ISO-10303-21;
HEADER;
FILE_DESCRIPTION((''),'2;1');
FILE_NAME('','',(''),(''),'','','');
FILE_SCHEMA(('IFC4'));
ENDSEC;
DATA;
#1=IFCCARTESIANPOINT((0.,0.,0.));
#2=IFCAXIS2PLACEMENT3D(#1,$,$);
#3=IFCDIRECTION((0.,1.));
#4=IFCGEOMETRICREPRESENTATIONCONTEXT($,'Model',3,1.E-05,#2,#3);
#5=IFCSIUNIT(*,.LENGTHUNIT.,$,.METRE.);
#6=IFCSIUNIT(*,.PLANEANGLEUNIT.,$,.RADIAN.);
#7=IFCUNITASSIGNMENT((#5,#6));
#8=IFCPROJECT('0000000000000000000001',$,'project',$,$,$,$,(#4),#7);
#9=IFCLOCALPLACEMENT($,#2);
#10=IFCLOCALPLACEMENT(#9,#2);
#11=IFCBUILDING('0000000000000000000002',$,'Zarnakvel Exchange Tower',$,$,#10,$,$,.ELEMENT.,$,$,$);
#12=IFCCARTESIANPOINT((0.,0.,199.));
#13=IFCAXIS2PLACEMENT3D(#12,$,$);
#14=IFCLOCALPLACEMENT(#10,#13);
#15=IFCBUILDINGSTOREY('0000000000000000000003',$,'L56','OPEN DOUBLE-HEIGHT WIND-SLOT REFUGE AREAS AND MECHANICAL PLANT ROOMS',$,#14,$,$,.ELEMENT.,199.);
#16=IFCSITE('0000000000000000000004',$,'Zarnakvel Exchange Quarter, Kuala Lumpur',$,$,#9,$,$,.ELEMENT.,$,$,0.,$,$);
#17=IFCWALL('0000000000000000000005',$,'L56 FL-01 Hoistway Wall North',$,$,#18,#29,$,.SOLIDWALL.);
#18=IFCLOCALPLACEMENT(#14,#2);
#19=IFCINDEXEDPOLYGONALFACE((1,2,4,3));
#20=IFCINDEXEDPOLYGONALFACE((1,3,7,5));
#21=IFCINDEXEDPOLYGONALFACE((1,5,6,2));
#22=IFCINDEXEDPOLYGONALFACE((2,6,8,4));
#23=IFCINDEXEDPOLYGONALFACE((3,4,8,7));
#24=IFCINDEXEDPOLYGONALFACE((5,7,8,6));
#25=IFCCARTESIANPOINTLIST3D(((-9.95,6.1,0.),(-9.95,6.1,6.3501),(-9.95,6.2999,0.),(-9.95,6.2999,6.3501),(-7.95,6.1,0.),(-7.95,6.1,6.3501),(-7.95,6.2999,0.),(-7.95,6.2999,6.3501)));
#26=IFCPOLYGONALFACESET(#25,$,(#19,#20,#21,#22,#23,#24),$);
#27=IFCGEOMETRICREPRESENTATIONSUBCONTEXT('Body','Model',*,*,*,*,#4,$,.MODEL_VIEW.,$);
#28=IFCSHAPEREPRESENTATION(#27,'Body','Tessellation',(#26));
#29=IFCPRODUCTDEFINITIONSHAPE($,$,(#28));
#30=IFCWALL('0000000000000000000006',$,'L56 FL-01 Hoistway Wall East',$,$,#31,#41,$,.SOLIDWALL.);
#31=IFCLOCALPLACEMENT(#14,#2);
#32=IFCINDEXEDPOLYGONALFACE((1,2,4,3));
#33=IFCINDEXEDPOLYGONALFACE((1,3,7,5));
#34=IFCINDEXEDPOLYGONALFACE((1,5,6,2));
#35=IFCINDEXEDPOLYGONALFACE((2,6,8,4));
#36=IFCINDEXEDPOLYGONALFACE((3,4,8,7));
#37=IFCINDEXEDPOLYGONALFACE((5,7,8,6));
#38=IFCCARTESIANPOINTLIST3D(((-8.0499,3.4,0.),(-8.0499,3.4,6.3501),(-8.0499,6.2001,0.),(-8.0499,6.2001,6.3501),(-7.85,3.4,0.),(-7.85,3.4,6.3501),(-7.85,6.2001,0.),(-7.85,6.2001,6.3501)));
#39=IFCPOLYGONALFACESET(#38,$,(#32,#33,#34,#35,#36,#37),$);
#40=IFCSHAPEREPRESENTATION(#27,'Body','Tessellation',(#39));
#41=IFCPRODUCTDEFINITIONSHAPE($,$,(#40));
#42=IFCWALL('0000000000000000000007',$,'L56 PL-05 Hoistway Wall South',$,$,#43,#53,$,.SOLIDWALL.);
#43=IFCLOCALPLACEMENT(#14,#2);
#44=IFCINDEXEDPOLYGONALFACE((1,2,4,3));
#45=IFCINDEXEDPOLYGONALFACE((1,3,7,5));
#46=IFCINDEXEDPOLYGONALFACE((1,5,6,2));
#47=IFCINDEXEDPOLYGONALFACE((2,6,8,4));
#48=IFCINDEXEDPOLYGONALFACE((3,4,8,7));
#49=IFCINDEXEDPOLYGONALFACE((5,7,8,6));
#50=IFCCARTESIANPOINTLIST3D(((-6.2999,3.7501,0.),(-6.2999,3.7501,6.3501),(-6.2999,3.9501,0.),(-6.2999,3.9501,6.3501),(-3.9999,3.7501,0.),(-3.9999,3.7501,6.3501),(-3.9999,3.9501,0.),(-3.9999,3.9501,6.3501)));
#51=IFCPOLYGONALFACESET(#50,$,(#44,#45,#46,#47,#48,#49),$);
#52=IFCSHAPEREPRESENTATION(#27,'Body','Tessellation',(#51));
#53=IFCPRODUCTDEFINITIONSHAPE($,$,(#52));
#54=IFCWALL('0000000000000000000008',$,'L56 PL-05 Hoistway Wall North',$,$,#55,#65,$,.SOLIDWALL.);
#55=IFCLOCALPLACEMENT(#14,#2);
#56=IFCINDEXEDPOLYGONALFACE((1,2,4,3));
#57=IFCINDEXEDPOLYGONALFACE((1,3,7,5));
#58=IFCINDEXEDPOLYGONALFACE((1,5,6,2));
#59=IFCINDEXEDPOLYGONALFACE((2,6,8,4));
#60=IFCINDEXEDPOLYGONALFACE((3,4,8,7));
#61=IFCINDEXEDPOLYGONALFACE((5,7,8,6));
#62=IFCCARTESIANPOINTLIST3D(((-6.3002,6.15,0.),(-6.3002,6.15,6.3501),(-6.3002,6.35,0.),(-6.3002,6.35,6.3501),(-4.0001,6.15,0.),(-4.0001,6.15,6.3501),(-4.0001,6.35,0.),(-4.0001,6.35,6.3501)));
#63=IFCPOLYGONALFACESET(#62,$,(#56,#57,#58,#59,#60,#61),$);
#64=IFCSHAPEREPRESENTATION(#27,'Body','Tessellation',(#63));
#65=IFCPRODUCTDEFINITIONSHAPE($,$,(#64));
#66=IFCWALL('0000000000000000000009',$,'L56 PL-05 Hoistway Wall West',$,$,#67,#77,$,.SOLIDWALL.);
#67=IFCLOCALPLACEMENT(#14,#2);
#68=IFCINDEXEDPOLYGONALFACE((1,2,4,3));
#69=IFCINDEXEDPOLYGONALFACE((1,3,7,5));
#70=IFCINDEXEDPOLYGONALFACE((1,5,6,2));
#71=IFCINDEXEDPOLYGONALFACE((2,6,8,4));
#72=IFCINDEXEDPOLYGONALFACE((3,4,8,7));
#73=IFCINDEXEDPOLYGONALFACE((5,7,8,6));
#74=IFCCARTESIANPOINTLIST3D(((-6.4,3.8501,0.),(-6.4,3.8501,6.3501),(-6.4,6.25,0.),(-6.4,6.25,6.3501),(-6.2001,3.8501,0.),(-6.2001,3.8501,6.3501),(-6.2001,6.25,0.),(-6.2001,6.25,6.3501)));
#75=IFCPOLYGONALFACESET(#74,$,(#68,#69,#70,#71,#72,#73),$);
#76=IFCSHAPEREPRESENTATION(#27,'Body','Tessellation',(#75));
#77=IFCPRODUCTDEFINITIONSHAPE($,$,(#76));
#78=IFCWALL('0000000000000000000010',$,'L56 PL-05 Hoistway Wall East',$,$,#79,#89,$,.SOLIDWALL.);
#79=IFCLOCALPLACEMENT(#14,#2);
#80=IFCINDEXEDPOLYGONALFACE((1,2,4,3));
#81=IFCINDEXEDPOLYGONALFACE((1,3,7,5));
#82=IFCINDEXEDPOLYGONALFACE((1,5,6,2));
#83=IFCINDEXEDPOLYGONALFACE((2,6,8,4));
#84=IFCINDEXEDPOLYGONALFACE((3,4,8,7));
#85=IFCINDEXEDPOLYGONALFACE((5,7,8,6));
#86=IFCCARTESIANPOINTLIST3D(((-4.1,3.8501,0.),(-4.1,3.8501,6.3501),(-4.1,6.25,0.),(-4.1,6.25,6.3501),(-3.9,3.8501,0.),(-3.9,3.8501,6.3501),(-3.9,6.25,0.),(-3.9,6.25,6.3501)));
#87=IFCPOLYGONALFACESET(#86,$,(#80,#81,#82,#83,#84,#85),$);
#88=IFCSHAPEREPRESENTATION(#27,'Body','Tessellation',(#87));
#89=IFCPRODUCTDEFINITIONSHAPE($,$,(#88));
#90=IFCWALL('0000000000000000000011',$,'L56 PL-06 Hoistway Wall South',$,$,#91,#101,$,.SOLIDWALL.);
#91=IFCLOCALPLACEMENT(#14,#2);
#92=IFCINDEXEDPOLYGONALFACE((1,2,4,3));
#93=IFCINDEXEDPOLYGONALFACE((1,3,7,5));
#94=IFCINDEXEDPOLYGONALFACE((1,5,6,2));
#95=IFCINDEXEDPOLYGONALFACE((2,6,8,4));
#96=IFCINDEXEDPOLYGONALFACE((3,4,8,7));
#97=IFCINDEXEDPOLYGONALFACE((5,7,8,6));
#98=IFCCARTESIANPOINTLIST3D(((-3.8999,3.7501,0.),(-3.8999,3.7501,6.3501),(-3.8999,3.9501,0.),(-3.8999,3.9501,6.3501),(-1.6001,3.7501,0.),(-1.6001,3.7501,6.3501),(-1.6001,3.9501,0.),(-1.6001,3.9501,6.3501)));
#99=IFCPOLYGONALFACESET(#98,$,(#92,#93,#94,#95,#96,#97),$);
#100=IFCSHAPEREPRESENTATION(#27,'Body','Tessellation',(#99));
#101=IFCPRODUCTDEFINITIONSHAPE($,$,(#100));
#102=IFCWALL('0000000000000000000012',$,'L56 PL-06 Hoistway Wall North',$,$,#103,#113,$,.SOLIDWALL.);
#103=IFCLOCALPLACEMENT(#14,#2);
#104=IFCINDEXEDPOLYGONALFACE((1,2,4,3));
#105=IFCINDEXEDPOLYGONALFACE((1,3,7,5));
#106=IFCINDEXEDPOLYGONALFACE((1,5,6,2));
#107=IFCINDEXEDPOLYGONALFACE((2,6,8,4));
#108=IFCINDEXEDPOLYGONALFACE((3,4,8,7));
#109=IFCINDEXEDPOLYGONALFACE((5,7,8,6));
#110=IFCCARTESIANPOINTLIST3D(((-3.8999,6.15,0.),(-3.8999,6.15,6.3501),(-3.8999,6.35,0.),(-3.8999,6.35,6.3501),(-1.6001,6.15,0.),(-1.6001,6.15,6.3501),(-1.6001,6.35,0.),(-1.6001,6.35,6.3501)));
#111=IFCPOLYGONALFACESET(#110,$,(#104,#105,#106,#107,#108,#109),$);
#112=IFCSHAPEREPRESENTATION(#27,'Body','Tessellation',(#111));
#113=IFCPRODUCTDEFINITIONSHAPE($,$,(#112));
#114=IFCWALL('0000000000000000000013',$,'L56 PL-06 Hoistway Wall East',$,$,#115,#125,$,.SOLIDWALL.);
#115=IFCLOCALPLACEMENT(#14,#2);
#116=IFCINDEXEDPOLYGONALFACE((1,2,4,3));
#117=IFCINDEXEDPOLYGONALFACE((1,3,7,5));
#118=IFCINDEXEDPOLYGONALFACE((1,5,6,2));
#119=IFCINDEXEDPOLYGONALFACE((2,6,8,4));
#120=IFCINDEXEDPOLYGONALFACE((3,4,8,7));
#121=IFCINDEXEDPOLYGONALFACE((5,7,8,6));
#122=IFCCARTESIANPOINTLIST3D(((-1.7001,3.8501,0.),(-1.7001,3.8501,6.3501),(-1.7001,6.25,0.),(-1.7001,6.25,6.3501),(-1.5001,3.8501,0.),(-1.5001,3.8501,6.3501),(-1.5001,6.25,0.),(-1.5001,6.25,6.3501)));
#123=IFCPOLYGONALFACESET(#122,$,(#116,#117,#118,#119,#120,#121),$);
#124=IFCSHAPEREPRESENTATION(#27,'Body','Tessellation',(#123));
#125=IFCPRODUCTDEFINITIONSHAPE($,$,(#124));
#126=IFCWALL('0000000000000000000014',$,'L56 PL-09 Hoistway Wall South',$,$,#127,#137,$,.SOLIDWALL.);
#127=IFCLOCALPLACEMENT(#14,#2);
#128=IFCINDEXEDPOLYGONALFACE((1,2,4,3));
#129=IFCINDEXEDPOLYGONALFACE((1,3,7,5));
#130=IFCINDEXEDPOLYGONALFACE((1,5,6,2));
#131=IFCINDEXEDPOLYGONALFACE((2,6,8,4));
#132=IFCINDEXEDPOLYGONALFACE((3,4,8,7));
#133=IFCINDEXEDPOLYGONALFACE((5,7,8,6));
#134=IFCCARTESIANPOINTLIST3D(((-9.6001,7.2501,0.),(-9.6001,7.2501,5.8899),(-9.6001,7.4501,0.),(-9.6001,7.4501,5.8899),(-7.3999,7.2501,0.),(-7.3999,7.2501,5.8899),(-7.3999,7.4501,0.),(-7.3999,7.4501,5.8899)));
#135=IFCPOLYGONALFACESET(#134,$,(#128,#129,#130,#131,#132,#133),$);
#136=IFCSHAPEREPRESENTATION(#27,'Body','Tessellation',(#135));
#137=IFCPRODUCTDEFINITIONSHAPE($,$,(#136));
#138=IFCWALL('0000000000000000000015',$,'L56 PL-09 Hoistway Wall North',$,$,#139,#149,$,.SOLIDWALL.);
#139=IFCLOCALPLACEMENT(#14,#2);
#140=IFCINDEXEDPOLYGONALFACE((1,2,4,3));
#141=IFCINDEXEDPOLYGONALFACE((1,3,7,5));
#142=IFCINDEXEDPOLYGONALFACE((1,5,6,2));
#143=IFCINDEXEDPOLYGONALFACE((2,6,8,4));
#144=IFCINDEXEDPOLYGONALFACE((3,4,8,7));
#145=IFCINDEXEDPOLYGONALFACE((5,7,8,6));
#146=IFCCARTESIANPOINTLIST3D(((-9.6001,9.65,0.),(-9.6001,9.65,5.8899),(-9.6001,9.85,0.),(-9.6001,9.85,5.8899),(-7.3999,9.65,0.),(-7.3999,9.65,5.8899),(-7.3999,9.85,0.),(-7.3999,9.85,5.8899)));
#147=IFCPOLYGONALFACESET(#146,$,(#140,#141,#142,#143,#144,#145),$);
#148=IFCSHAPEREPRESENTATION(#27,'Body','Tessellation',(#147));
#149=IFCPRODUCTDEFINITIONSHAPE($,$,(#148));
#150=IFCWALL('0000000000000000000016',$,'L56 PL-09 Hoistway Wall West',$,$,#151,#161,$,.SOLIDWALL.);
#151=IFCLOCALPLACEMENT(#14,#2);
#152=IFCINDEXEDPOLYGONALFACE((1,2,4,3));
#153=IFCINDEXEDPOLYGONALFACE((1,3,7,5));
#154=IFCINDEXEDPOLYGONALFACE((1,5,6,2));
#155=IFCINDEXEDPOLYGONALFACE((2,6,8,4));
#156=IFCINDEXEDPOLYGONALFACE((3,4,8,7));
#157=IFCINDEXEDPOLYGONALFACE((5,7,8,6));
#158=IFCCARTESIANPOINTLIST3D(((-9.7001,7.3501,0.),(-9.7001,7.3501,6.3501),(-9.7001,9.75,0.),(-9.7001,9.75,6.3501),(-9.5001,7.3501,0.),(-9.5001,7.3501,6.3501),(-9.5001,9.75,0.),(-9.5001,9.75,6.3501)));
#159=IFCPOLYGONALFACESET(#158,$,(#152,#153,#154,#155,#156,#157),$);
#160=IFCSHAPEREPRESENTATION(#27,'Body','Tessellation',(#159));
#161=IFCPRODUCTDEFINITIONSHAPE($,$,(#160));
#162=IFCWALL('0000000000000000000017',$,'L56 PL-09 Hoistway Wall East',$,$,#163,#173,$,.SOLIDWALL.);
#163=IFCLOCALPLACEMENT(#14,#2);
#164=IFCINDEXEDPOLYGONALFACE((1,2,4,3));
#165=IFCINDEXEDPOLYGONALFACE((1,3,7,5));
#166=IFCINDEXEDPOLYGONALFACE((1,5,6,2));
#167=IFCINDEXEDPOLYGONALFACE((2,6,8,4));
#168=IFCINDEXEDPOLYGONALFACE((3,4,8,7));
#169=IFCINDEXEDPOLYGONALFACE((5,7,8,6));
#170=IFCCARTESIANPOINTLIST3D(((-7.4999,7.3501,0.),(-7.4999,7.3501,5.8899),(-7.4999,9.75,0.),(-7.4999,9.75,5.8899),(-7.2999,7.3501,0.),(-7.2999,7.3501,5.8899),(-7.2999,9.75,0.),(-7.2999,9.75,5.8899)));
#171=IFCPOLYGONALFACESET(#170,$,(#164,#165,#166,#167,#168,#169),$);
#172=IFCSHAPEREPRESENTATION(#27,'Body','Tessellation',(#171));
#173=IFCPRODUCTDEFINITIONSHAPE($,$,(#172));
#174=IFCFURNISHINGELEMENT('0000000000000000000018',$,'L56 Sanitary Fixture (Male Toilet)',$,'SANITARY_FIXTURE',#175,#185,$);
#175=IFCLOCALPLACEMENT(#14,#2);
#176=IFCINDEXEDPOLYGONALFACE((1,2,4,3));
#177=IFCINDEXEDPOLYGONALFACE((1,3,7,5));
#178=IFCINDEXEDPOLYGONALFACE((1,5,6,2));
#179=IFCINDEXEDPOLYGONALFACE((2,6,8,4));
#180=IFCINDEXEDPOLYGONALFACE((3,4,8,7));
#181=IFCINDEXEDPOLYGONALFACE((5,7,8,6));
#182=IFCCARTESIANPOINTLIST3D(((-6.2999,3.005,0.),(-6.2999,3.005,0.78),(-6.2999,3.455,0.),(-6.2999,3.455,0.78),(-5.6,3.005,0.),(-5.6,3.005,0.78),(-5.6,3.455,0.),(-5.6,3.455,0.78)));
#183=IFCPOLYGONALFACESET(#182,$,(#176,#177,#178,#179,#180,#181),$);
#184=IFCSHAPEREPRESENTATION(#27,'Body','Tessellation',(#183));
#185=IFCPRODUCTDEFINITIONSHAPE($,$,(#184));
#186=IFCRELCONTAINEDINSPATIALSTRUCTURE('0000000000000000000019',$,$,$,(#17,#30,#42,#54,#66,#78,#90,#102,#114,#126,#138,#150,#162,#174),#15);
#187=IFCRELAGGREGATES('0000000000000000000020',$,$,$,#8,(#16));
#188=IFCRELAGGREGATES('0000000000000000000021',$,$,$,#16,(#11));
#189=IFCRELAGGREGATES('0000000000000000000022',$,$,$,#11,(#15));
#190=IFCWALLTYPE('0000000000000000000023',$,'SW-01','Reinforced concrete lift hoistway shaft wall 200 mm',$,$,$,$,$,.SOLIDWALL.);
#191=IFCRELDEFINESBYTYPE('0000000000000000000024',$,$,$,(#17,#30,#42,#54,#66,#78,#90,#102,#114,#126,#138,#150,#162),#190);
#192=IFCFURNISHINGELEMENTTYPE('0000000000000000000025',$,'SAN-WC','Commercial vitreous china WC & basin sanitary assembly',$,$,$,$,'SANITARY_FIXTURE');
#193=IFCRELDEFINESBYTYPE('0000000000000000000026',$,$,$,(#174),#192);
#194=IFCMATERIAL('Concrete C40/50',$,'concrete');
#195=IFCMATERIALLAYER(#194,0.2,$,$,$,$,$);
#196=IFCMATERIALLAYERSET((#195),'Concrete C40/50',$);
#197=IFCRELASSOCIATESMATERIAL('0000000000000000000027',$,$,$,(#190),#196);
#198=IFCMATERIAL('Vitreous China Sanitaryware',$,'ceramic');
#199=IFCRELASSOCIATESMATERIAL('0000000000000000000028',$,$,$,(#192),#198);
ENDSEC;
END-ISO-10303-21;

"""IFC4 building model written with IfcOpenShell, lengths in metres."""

from ifc_helpers import new_model, si_unit, direction, frame, frame_2d, origin, origin_2d, place, context, subcontext, project, spatial, rectangle, extrude, source, transform, mapped, material, layer, layer_set, type_object, element, save


model = new_model("IFC4")

# Units and contexts
model_context = context("Model", 3, precision=1e-05, world=origin(), true_north=direction((0.0, 1.0)))
body_context = subcontext(model_context, "Body", "Model", "MODEL_VIEW")
ifc_project = project(units=[si_unit("LENGTHUNIT", "METRE"), si_unit("PLANEANGLEUNIT", "RADIAN")], contexts=[model_context])

# Site, building, storey
site_placement = place(None, origin())
site = spatial("IfcSite", under=ifc_project, at=site_placement, Name="Zarnakvel Exchange Quarter, Kuala Lumpur", CompositionType="ELEMENT", RefElevation=0.0)
building_placement = place(site_placement, origin())
building = spatial("IfcBuilding", under=site, at=building_placement, Name="Zarnakvel Exchange Tower", CompositionType="ELEMENT")
storey_placement = place(building_placement, frame((0.0, 0.0, 199.0)))
storey = spatial("IfcBuildingStorey", under=building, at=storey_placement, Name="L56", Description="OPEN DOUBLE-HEIGHT WIND-SLOT REFUGE AREAS AND MECHANICAL PLANT ROOMS", CompositionType="ELEMENT", Elevation=199.0)

# Shared definitions
ifc_material_1 = material(Name="Concrete C40/50", Category="concrete")

# Shared definitions
ifc_layer_1 = layer(ifc_material_1, 0.2)
ifc_layer_set_1 = layer_set([ifc_layer_1], Name="Concrete C40/50")
wall_type_1 = type_object("IfcWallType", Name="SW-01", Description="Reinforced concrete lift hoistway shaft wall 200 mm", PredefinedType="SOLIDWALL", material=ifc_layer_set_1)

# Walls
wall_1_placement = place(storey_placement, frame((-9.95, 6.2, 0.0), z_axis=(0.0, 0.0, 1.0), x_axis=(1.0, 0.0, 0.0)))
element("IfcWall", 1, at=wall_1_placement, inside=storey, type_object=wall_type_1, Name="L56 FL-01 Hoistway Wall North", PredefinedType="SOLIDWALL", context=body_context, shape_type="SweptSolid", body=[
    extrude(rectangle(XDim=2.0, YDim=0.2, at=frame_2d((1.0, 0.0))), origin(), (0.0, 0.0, 1.0), 6.3501),
])
wall_2_placement = place(storey_placement, frame((-7.95, 6.2, 0.0), z_axis=(0.0, 0.0, 1.0), x_axis=(0.0, -1.0, 0.0)))
element("IfcWall", 2, at=wall_2_placement, inside=storey, type_object=wall_type_1, Name="L56 FL-01 Hoistway Wall East", PredefinedType="SOLIDWALL", context=body_context, shape_type="SweptSolid", body=[
    extrude(rectangle(XDim=2.8, YDim=0.2, at=frame_2d((1.3999, 0.0))), origin(), (0.0, 0.0, 1.0), 6.3501),
])
for number, where, z_axis, x_axis, name in (
    (3, (-4.0, 3.8501, 0.0), (0.0, 0.0, 1.0), (-1.0, 0.0, 0.0), "L56 PL-05 Hoistway Wall South"),
    (4, (-6.3, 6.25, 0.0), (0.0, 0.0, 1.0), (1.0, 0.0, 0.0), "L56 PL-05 Hoistway Wall North"),
):
    element("IfcWall", number, at=place(storey_placement, frame(where, z_axis=z_axis, x_axis=x_axis)), inside=storey, type_object=wall_type_1, Name=name, PredefinedType="SOLIDWALL", context=body_context, shape_type="SweptSolid", body=[
        extrude(rectangle(XDim=2.3, YDim=0.2, at=frame_2d((1.1499, 0.0))), origin(), (0.0, 0.0, 1.0), 6.3501),
    ])
for number, where, z_axis, x_axis, name in (
    (5, (-6.3, 3.8501, 0.0), (0.0, 0.0, 1.0), (0.0, 1.0, 0.0), "L56 PL-05 Hoistway Wall West"),
    (6, (-4.0, 6.25, 0.0), (0.0, 0.0, 1.0), (0.0, -1.0, 0.0), "L56 PL-05 Hoistway Wall East"),
):
    element("IfcWall", number, at=place(storey_placement, frame(where, z_axis=z_axis, x_axis=x_axis)), inside=storey, type_object=wall_type_1, Name=name, PredefinedType="SOLIDWALL", context=body_context, shape_type="SweptSolid", body=[
        extrude(rectangle(XDim=2.3999, YDim=0.2, at=frame_2d((1.2, 0.0))), origin(), (0.0, 0.0, 1.0), 6.3501),
    ])
for number, where, z_axis, x_axis, name in (
    (7, (-1.6001, 3.8501, 0.0), (0.0, 0.0, 1.0), (-1.0, 0.0, 0.0), "L56 PL-06 Hoistway Wall South"),
    (8, (-3.8999, 6.25, 0.0), (0.0, 0.0, 1.0), (1.0, 0.0, 0.0), "L56 PL-06 Hoistway Wall North"),
):
    element("IfcWall", number, at=place(storey_placement, frame(where, z_axis=z_axis, x_axis=x_axis)), inside=storey, type_object=wall_type_1, Name=name, PredefinedType="SOLIDWALL", context=body_context, shape_type="SweptSolid", body=[
        extrude(rectangle(XDim=2.2998, YDim=0.2, at=frame_2d((1.1499, 0.0))), origin(), (0.0, 0.0, 1.0), 6.3501),
    ])
wall_3_placement = place(storey_placement, frame((-1.6001, 6.25, 0.0), z_axis=(0.0, 0.0, 1.0), x_axis=(0.0, -1.0, 0.0)))
element("IfcWall", 9, at=wall_3_placement, inside=storey, type_object=wall_type_1, Name="L56 PL-06 Hoistway Wall East", PredefinedType="SOLIDWALL", context=body_context, shape_type="SweptSolid", body=[
    extrude(rectangle(XDim=2.3999, YDim=0.2, at=frame_2d((1.2, 0.0))), origin(), (0.0, 0.0, 1.0), 6.3501),
])
for number, where, z_axis, x_axis, name in (
    (10, (-7.3999, 7.3501, 0.0), (0.0, 0.0, 1.0), (-1.0, 0.0, 0.0), "L56 PL-09 Hoistway Wall South"),
    (11, (-9.6001, 9.75, 0.0), (0.0, 0.0, 1.0), (1.0, 0.0, 0.0), "L56 PL-09 Hoistway Wall North"),
):
    element("IfcWall", number, at=place(storey_placement, frame(where, z_axis=z_axis, x_axis=x_axis)), inside=storey, type_object=wall_type_1, Name=name, PredefinedType="SOLIDWALL", context=body_context, shape_type="SweptSolid", body=[
        extrude(rectangle(XDim=2.2002, YDim=0.2, at=frame_2d((1.1001, 0.0))), origin(), (0.0, 0.0, 1.0), 5.8899),
    ])
wall_4_placement = place(storey_placement, frame((-9.6001, 7.3501, 0.0), z_axis=(0.0, 0.0, 1.0), x_axis=(0.0, 1.0, 0.0)))
element("IfcWall", 12, at=wall_4_placement, inside=storey, type_object=wall_type_1, Name="L56 PL-09 Hoistway Wall West", PredefinedType="SOLIDWALL", context=body_context, shape_type="SweptSolid", body=[
    extrude(rectangle(XDim=2.3999, YDim=0.2, at=frame_2d((1.2, 0.0))), origin(), (0.0, 0.0, 1.0), 6.3501),
])
wall_5_placement = place(storey_placement, frame((-7.3999, 9.75, 0.0), z_axis=(0.0, 0.0, 1.0), x_axis=(0.0, -1.0, 0.0)))
element("IfcWall", 13, at=wall_5_placement, inside=storey, type_object=wall_type_1, Name="L56 PL-09 Hoistway Wall East", PredefinedType="SOLIDWALL", context=body_context, shape_type="SweptSolid", body=[
    extrude(rectangle(XDim=2.3999, YDim=0.2, at=frame_2d((1.2, 0.0))), origin(), (0.0, 0.0, 1.0), 5.8899),
])

# Furnishing element
ifc_material_2 = material(Name="Vitreous China Sanitaryware", Category="ceramic")
furnishing_element_type = type_object("IfcFurnishingElementType", Name="SAN-WC", Description="Commercial vitreous china WC & basin sanitary assembly", ElementType="SANITARY_FIXTURE", material=ifc_material_2)
shared_shape_1 = source(origin(), body_context, "Body", "SweptSolid", [
    extrude(rectangle(XDim=0.7, YDim=0.45, at=origin_2d()), origin(), (0.0, 0.0, 1.0), 0.78),
])
furnishing_placement = place(storey_placement, frame((-5.95, 3.23, 0.0), z_axis=(0.0, 0.0, 1.0), x_axis=(1.0, 0.0, 0.0)))
element("IfcFurnishingElement", 14, at=furnishing_placement, inside=storey, type_object=furnishing_element_type, Name="L56 Sanitary Fixture (Male Toilet)", ObjectType="SANITARY_FIXTURE", context=body_context, shape_type="MappedRepresentation", body=[
    mapped(shared_shape_1, transform((0.0, 0.0, 0.0), x_axis=(1.0, 0.0, 0.0), y_axis=(0.0, 1.0, 0.0), z_axis=(0.0, 0.0, 1.0), scale=1.0)),
])

save(model, "model.ifc")
